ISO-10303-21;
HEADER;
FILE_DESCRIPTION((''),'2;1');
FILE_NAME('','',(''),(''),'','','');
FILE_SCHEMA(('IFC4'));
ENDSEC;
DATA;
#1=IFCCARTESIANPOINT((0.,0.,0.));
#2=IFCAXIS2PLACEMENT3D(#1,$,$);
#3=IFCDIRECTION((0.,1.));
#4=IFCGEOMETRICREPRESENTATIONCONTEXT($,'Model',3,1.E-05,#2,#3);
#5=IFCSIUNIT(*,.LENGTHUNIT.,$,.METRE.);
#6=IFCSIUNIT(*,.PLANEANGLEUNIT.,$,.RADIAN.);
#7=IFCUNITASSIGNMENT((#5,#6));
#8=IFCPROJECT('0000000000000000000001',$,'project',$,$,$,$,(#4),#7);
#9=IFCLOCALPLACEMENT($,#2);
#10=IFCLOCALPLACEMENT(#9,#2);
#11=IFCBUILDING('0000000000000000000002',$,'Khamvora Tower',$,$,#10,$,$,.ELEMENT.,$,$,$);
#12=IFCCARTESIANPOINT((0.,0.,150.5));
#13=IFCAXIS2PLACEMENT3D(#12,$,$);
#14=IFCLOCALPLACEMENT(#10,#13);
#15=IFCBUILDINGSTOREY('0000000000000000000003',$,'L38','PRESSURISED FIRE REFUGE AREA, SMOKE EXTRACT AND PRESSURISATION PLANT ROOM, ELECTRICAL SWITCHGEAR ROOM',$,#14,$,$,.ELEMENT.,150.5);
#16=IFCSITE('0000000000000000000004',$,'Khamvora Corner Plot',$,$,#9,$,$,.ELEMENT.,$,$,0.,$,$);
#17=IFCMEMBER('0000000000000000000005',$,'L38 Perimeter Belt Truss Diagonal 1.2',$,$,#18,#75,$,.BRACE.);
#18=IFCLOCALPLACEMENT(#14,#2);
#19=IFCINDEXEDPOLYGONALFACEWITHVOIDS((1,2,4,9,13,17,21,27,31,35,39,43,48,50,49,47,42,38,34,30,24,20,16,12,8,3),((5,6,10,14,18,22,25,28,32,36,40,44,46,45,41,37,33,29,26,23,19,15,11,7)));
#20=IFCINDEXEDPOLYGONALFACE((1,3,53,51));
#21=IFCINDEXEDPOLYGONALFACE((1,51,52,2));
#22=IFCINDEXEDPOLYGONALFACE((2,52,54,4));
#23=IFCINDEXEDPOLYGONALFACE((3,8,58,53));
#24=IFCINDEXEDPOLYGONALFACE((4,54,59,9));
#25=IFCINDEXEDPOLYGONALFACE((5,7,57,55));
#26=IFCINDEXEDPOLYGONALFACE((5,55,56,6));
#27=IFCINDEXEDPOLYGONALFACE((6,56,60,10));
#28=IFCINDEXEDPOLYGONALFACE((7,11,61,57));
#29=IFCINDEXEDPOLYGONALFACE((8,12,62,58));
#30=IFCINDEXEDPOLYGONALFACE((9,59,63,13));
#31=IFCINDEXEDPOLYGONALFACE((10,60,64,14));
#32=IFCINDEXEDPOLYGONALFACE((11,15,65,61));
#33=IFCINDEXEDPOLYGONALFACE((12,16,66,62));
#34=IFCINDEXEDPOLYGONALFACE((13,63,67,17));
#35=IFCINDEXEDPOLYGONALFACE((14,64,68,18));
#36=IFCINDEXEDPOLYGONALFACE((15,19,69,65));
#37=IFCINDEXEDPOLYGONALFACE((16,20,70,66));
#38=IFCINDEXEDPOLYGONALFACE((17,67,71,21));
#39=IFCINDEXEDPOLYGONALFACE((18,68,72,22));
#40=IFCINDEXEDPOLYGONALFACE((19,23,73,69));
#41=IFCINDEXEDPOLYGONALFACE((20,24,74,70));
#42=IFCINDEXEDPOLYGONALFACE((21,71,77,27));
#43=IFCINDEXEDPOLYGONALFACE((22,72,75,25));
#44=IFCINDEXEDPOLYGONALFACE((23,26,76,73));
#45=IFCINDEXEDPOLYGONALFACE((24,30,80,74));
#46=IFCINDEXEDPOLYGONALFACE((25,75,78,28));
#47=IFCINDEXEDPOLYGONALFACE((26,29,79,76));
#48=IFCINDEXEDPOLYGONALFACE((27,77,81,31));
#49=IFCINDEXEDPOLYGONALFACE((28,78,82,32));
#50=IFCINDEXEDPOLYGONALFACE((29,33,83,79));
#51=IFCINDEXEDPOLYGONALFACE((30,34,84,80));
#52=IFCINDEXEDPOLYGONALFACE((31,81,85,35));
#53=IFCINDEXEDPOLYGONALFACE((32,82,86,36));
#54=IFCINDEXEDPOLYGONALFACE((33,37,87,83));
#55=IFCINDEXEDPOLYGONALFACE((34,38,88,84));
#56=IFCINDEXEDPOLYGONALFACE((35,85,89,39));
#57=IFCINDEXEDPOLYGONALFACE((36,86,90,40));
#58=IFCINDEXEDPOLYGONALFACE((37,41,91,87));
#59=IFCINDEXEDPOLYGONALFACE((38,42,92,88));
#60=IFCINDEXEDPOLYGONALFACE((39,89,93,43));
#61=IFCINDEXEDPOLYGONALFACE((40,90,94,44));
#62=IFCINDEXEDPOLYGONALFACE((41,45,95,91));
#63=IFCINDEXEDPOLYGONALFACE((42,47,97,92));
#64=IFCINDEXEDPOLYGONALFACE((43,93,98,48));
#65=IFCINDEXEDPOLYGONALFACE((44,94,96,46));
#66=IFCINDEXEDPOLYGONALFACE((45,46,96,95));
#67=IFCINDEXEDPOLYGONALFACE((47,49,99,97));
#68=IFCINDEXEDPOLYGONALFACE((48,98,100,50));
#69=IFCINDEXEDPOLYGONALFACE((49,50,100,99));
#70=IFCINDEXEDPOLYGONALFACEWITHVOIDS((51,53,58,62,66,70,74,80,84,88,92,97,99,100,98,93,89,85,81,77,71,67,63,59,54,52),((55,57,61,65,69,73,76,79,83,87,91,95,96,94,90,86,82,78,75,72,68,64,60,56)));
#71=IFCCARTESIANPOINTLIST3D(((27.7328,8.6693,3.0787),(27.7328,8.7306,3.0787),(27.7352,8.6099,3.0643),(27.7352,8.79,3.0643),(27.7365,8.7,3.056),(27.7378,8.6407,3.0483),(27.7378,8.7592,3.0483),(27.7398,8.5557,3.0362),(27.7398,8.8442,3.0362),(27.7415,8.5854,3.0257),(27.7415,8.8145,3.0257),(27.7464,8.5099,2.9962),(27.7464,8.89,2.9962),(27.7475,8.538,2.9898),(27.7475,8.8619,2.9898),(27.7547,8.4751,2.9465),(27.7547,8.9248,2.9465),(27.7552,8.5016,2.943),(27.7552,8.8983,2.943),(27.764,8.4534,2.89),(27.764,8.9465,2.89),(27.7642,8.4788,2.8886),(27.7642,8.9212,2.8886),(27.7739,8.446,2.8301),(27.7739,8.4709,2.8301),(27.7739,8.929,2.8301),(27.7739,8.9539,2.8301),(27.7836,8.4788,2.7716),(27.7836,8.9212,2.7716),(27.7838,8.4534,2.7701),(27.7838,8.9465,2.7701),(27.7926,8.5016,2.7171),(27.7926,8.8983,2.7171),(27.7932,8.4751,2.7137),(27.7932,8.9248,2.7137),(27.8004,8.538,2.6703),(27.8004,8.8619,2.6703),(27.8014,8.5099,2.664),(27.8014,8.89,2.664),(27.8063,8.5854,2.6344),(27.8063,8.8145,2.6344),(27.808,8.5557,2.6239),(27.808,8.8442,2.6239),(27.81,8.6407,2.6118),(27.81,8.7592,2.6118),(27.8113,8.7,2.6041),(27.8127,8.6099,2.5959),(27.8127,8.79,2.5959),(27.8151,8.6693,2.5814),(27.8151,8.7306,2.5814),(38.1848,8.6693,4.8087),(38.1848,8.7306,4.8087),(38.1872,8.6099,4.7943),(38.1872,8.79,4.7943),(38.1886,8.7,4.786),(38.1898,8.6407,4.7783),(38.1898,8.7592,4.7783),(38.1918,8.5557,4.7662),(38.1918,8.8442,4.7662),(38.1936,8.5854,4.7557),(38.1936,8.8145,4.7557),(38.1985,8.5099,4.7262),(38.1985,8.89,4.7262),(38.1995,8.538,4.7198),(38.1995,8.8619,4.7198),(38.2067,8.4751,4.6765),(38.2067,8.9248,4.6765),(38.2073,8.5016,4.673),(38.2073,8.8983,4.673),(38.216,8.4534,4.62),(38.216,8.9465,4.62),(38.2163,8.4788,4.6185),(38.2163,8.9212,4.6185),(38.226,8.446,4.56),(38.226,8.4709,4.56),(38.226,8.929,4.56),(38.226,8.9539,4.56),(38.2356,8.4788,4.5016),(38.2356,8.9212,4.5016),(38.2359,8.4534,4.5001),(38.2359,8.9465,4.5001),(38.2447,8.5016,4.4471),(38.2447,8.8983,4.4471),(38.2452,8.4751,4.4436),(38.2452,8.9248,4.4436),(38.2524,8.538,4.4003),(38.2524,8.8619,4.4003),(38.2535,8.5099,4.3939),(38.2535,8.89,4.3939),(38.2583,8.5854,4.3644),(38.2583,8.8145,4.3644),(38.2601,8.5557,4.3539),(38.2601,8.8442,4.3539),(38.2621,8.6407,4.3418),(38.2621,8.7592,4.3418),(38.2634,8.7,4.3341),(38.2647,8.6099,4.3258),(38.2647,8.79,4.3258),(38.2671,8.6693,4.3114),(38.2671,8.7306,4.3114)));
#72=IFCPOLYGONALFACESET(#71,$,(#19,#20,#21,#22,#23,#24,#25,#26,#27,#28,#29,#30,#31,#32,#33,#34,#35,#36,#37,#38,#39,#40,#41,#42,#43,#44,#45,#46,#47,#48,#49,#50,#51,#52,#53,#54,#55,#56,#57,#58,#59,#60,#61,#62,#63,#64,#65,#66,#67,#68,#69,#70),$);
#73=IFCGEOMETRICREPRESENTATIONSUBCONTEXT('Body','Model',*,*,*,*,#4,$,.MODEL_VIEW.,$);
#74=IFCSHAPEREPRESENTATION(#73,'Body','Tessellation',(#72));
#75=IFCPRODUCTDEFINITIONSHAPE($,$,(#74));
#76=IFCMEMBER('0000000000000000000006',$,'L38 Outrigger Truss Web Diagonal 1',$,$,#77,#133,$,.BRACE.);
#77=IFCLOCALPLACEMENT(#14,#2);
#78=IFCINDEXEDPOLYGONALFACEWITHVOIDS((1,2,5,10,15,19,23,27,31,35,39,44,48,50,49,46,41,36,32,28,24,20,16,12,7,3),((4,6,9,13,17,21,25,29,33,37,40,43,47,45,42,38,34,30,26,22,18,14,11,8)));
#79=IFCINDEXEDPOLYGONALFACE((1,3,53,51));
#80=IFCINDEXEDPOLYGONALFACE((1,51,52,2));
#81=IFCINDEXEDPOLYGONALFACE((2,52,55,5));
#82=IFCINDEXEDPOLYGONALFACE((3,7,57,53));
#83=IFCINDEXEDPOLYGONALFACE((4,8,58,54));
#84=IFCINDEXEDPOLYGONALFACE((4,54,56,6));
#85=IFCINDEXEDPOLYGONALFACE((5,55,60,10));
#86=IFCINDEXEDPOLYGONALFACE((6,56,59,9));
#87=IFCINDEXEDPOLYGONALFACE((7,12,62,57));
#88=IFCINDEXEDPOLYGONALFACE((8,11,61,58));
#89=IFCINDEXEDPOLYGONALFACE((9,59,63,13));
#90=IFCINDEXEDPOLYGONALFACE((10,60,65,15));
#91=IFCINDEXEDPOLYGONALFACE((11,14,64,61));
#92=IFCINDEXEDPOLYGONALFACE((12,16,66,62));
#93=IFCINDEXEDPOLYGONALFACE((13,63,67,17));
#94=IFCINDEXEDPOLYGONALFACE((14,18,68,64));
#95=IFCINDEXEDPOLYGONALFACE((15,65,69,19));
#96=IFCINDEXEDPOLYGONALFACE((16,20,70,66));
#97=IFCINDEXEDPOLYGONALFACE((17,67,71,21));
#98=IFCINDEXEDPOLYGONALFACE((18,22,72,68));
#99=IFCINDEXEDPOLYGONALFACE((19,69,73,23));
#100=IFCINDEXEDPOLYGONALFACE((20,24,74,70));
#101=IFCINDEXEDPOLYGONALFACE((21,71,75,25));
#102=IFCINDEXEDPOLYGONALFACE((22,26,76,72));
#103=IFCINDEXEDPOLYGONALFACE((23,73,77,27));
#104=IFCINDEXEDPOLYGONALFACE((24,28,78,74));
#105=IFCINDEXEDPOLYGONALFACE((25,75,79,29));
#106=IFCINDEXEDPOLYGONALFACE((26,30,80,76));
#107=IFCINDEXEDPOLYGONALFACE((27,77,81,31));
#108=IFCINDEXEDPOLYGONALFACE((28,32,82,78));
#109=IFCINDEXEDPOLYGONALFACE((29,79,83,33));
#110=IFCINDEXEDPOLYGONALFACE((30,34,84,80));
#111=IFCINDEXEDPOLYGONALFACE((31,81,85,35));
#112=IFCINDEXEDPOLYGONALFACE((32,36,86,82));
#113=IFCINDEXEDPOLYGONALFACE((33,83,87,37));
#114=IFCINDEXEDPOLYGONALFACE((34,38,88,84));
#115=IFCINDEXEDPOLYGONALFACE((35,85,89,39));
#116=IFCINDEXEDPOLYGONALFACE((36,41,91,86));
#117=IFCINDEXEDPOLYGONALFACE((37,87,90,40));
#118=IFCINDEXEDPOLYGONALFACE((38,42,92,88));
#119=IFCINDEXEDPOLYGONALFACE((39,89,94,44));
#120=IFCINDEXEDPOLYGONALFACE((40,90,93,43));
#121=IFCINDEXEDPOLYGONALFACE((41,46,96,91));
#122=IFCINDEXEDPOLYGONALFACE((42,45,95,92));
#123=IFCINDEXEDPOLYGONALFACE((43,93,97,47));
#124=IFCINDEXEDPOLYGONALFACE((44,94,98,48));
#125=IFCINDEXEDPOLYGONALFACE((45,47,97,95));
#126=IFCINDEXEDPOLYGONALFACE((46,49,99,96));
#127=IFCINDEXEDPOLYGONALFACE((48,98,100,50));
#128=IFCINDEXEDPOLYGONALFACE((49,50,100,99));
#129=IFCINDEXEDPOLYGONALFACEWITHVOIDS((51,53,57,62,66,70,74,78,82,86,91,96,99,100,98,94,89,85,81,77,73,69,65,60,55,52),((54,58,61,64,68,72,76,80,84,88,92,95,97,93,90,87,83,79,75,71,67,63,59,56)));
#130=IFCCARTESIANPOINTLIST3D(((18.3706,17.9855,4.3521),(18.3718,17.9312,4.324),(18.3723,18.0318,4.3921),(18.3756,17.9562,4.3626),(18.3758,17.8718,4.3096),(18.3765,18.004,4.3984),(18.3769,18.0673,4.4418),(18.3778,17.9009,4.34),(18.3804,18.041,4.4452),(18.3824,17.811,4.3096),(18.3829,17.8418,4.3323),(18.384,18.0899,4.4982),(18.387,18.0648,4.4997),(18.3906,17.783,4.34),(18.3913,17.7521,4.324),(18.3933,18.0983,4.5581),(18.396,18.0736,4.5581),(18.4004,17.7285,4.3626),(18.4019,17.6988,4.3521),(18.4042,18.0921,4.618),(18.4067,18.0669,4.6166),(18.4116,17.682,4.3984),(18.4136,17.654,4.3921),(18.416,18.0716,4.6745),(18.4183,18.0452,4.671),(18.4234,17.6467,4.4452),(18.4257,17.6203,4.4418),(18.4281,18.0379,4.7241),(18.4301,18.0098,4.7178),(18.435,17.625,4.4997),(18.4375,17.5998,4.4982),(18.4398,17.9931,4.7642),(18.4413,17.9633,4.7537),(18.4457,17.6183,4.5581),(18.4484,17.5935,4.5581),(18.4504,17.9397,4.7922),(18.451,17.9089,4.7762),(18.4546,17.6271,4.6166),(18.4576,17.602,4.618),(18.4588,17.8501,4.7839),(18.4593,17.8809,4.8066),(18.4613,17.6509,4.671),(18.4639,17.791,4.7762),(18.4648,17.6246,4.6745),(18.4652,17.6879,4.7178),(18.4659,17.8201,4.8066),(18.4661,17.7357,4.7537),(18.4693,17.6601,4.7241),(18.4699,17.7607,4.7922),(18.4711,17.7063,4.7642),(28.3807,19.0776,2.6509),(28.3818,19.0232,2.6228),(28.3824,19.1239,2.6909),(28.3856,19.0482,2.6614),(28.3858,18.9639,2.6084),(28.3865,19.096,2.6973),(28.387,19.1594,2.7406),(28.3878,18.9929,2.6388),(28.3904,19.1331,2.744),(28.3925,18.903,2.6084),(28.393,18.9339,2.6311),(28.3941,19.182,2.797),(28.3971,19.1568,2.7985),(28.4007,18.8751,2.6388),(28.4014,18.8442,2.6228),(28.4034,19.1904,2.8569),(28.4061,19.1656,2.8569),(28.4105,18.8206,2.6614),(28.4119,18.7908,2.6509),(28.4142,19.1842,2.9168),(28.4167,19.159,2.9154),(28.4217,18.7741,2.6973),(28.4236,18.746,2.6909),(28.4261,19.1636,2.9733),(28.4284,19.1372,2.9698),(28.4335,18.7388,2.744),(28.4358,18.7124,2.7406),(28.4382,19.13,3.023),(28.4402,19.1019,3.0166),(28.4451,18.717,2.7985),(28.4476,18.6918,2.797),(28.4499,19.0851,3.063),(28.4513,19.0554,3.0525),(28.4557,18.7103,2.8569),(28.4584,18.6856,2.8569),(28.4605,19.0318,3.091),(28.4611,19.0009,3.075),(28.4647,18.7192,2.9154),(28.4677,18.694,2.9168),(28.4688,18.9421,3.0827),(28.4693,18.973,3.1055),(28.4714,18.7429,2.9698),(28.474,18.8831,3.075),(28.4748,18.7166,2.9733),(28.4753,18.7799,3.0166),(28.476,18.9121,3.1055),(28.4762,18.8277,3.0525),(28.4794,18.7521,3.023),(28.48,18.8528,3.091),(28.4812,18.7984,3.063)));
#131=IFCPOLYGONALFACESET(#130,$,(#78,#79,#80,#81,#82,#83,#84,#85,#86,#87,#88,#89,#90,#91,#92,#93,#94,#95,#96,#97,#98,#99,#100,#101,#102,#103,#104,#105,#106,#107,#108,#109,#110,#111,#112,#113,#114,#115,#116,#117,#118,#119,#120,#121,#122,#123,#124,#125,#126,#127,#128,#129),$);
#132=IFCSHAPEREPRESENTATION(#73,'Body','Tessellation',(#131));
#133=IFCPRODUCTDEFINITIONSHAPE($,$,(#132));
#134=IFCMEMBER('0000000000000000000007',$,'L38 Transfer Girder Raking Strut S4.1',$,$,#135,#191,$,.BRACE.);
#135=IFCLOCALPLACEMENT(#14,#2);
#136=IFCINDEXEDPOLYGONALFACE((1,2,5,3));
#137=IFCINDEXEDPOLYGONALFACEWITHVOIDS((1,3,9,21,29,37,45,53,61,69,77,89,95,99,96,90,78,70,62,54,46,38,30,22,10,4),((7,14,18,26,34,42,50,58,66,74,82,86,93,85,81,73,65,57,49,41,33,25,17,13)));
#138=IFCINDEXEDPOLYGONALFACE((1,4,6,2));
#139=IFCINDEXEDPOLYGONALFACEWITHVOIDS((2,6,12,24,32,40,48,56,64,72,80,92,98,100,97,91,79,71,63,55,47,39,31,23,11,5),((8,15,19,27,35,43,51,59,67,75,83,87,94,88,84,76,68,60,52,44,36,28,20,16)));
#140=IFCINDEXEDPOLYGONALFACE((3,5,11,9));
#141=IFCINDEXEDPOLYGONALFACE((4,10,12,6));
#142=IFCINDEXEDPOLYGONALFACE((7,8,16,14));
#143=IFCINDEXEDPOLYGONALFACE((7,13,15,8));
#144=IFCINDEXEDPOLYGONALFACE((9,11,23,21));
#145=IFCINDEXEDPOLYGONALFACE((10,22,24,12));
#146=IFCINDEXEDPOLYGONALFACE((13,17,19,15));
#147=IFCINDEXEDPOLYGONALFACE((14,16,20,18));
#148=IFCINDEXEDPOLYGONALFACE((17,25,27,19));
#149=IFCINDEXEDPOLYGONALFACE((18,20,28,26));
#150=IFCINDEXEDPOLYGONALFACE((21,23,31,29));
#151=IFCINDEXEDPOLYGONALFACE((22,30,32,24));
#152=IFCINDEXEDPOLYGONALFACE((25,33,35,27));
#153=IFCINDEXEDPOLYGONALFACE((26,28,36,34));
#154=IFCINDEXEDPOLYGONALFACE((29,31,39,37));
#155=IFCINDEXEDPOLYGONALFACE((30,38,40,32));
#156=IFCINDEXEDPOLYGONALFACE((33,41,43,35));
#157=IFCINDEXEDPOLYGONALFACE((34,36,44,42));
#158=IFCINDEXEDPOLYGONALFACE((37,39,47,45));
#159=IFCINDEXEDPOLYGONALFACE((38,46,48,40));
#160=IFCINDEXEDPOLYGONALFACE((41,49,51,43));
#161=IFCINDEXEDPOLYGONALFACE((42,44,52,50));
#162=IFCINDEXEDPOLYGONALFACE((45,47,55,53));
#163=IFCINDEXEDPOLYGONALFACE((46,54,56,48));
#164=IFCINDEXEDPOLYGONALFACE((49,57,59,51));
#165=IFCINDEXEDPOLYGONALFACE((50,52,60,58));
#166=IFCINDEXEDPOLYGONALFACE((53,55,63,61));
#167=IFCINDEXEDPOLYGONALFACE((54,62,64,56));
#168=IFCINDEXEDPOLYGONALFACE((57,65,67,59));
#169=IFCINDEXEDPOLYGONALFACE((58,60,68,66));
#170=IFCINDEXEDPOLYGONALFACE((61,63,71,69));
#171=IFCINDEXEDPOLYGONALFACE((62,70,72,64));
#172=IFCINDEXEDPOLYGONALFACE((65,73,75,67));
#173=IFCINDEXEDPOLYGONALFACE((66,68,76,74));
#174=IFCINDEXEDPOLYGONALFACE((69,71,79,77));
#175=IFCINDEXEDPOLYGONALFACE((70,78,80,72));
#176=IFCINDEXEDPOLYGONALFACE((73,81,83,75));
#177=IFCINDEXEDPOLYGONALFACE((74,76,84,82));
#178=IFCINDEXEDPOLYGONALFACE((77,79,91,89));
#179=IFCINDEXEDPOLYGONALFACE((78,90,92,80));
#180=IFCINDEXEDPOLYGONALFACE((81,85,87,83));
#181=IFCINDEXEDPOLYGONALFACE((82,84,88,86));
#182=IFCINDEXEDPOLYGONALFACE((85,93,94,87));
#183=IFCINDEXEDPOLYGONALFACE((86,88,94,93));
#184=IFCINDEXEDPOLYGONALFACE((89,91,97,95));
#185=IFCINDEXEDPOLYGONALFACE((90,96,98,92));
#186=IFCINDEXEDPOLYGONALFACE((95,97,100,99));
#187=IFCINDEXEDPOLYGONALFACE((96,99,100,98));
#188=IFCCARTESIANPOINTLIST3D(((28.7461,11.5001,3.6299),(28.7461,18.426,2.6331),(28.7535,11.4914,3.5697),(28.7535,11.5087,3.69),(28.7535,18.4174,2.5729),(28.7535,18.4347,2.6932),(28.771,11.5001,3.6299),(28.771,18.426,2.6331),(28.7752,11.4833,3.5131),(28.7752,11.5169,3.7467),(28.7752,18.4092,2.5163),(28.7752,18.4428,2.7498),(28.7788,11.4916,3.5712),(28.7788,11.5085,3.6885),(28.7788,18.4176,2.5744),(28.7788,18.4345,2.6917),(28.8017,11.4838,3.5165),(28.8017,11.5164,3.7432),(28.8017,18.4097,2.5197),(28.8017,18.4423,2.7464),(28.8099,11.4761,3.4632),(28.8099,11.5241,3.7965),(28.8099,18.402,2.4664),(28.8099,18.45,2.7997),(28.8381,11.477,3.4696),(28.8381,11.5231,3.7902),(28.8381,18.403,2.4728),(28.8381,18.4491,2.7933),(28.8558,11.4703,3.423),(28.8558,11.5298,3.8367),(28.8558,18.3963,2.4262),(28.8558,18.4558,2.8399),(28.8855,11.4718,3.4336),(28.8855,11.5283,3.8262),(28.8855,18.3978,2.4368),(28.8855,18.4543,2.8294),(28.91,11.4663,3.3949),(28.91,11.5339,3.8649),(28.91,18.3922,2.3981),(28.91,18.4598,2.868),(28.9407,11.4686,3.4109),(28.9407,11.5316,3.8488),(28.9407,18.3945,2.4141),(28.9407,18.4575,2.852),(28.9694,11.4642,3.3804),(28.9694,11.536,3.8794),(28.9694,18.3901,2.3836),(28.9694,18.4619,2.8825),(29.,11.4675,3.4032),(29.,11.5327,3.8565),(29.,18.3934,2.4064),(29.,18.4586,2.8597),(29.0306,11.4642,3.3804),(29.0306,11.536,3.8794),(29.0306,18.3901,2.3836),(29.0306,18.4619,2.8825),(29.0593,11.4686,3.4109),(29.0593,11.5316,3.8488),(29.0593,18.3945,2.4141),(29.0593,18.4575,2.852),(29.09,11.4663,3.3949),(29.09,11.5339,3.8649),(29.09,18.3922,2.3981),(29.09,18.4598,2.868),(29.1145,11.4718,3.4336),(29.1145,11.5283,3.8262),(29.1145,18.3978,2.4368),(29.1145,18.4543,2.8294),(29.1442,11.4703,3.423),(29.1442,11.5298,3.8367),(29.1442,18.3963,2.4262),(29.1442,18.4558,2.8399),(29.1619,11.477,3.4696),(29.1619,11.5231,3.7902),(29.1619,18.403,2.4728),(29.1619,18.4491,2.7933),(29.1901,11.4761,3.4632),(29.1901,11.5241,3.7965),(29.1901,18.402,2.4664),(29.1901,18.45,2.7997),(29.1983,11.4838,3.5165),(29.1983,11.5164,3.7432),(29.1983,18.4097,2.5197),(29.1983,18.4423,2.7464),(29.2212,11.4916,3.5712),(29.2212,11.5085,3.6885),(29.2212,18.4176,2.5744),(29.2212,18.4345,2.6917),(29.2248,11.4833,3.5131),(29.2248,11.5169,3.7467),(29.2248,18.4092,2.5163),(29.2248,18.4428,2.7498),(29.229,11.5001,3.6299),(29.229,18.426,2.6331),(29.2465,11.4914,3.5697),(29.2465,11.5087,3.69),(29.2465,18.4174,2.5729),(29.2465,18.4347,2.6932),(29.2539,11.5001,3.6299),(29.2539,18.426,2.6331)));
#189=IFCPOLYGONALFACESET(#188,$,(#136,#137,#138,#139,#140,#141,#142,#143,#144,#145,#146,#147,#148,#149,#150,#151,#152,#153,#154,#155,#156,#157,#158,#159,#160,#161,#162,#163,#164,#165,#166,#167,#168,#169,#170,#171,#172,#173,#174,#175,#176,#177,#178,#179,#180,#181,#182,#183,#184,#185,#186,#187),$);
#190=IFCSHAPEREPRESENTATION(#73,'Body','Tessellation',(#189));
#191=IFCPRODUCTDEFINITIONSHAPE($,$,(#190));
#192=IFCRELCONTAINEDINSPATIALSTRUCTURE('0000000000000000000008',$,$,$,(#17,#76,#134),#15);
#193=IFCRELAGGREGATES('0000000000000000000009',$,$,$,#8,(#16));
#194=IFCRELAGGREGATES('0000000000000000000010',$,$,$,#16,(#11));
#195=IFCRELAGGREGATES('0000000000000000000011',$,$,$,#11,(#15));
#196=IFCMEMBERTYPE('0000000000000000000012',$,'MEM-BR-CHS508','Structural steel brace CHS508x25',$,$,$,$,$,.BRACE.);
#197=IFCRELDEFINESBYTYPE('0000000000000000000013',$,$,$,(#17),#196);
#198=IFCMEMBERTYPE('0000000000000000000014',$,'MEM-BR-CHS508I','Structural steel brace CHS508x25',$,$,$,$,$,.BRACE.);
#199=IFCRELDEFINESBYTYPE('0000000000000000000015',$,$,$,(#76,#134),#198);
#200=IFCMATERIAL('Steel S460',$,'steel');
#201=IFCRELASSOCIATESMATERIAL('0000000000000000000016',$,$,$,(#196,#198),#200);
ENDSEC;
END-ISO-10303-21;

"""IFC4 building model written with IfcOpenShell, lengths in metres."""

from ifc_helpers import new_model, si_unit, direction, frame, origin, origin_2d, place, context, subcontext, project, spatial, hollow_circle, extrude, material, material_profile, profile_set, type_object, element, save


model = new_model("IFC4")

# Units and contexts
model_context = context("Model", 3, precision=1e-05, world=origin(), true_north=direction((0.0, 1.0)))
body_context = subcontext(model_context, "Body", "Model", "MODEL_VIEW")
ifc_project = project(units=[si_unit("LENGTHUNIT", "METRE"), si_unit("PLANEANGLEUNIT", "RADIAN")], contexts=[model_context])

# Site, building, storey
site_placement = place(None, origin())
site = spatial("IfcSite", under=ifc_project, at=site_placement, Name="Khamvora Corner Plot", CompositionType="ELEMENT", RefElevation=0.0)
building_placement = place(site_placement, origin())
building = spatial("IfcBuilding", under=site, at=building_placement, Name="Khamvora Tower", CompositionType="ELEMENT")
storey_placement = place(building_placement, frame((0.0, 0.0, 150.5)))
storey = spatial("IfcBuildingStorey", under=building, at=storey_placement, Name="L38", Description="PRESSURISED FIRE REFUGE AREA, SMOKE EXTRACT AND PRESSURISATION PLANT ROOM, ELECTRICAL SWITCHGEAR ROOM", CompositionType="ELEMENT", Elevation=150.5)

# Shared definitions
ifc_material_1 = material(Name="Steel S460", Category="steel")

# Members
ifc_material_profile_1 = material_profile(ifc_material_1, hollow_circle(Radius=0.2539, WallThickness=0.0249, at=origin_2d()), Name="CHS508x25")
ifc_profile_set_1 = profile_set([ifc_material_profile_1], Name="Steel S460")
member_type_1 = type_object("IfcMemberType", Name="MEM-BR-CHS508", Description="Structural steel brace CHS508x25", PredefinedType="BRACE", material=ifc_profile_set_1)
member_1_placement = place(storey_placement, frame((27.7739, 8.7, 2.8301), z_axis=(0.986578, 0.0, 0.163293), x_axis=(0.0, 1.0, 0.0)))
element("IfcMember", 1, at=member_1_placement, inside=storey, type_object=member_type_1, Name="L38 Perimeter Belt Truss Diagonal 1.2", PredefinedType="BRACE", context=body_context, shape_type="SweptSolid", body=[
    extrude(hollow_circle(Radius=0.2539, WallThickness=0.0249, at=origin_2d()), origin(), (0.0, 0.0, 1.0), 10.5942),
])
ifc_material_profile_2 = material_profile(ifc_material_1, hollow_circle(Radius=0.2539, WallThickness=0.0249, at=origin_2d()), Name="CHS508x25")
ifc_profile_set_2 = profile_set([ifc_material_profile_2], Name="Steel S460")
member_type_2 = type_object("IfcMemberType", Name="MEM-BR-CHS508I", Description="Structural steel brace CHS508x25", PredefinedType="BRACE", material=ifc_profile_set_2)
member_2_placement = place(storey_placement, frame((28.4309, 18.938, 2.8569), z_axis=(-0.980211, -0.106936, 0.166584), x_axis=(0.108451, -0.994102, 0.0)))
element("IfcMember", 2, at=member_2_placement, inside=storey, type_object=member_type_2, Name="L38 Outrigger Truss Web Diagonal 1", PredefinedType="BRACE", context=body_context, shape_type="SweptSolid", body=[
    extrude(hollow_circle(Radius=0.2539, WallThickness=0.0249, at=origin_2d()), origin(), (0.0, 0.0, 1.0), 10.2122),
])
member_3_placement = place(storey_placement, frame((29.0, 18.426, 2.6331), z_axis=(0.0, -0.989801, 0.142457), x_axis=(1.0, 0.0, 0.0)))
element("IfcMember", 3, at=member_3_placement, inside=storey, type_object=member_type_2, Name="L38 Transfer Girder Raking Strut S4.1", PredefinedType="BRACE", context=body_context, shape_type="SweptSolid", body=[
    extrude(hollow_circle(Radius=0.2539, WallThickness=0.0249, at=origin_2d()), origin(), (0.0, 0.0, 1.0), 6.9973),
])

save(model, "model.ifc")
